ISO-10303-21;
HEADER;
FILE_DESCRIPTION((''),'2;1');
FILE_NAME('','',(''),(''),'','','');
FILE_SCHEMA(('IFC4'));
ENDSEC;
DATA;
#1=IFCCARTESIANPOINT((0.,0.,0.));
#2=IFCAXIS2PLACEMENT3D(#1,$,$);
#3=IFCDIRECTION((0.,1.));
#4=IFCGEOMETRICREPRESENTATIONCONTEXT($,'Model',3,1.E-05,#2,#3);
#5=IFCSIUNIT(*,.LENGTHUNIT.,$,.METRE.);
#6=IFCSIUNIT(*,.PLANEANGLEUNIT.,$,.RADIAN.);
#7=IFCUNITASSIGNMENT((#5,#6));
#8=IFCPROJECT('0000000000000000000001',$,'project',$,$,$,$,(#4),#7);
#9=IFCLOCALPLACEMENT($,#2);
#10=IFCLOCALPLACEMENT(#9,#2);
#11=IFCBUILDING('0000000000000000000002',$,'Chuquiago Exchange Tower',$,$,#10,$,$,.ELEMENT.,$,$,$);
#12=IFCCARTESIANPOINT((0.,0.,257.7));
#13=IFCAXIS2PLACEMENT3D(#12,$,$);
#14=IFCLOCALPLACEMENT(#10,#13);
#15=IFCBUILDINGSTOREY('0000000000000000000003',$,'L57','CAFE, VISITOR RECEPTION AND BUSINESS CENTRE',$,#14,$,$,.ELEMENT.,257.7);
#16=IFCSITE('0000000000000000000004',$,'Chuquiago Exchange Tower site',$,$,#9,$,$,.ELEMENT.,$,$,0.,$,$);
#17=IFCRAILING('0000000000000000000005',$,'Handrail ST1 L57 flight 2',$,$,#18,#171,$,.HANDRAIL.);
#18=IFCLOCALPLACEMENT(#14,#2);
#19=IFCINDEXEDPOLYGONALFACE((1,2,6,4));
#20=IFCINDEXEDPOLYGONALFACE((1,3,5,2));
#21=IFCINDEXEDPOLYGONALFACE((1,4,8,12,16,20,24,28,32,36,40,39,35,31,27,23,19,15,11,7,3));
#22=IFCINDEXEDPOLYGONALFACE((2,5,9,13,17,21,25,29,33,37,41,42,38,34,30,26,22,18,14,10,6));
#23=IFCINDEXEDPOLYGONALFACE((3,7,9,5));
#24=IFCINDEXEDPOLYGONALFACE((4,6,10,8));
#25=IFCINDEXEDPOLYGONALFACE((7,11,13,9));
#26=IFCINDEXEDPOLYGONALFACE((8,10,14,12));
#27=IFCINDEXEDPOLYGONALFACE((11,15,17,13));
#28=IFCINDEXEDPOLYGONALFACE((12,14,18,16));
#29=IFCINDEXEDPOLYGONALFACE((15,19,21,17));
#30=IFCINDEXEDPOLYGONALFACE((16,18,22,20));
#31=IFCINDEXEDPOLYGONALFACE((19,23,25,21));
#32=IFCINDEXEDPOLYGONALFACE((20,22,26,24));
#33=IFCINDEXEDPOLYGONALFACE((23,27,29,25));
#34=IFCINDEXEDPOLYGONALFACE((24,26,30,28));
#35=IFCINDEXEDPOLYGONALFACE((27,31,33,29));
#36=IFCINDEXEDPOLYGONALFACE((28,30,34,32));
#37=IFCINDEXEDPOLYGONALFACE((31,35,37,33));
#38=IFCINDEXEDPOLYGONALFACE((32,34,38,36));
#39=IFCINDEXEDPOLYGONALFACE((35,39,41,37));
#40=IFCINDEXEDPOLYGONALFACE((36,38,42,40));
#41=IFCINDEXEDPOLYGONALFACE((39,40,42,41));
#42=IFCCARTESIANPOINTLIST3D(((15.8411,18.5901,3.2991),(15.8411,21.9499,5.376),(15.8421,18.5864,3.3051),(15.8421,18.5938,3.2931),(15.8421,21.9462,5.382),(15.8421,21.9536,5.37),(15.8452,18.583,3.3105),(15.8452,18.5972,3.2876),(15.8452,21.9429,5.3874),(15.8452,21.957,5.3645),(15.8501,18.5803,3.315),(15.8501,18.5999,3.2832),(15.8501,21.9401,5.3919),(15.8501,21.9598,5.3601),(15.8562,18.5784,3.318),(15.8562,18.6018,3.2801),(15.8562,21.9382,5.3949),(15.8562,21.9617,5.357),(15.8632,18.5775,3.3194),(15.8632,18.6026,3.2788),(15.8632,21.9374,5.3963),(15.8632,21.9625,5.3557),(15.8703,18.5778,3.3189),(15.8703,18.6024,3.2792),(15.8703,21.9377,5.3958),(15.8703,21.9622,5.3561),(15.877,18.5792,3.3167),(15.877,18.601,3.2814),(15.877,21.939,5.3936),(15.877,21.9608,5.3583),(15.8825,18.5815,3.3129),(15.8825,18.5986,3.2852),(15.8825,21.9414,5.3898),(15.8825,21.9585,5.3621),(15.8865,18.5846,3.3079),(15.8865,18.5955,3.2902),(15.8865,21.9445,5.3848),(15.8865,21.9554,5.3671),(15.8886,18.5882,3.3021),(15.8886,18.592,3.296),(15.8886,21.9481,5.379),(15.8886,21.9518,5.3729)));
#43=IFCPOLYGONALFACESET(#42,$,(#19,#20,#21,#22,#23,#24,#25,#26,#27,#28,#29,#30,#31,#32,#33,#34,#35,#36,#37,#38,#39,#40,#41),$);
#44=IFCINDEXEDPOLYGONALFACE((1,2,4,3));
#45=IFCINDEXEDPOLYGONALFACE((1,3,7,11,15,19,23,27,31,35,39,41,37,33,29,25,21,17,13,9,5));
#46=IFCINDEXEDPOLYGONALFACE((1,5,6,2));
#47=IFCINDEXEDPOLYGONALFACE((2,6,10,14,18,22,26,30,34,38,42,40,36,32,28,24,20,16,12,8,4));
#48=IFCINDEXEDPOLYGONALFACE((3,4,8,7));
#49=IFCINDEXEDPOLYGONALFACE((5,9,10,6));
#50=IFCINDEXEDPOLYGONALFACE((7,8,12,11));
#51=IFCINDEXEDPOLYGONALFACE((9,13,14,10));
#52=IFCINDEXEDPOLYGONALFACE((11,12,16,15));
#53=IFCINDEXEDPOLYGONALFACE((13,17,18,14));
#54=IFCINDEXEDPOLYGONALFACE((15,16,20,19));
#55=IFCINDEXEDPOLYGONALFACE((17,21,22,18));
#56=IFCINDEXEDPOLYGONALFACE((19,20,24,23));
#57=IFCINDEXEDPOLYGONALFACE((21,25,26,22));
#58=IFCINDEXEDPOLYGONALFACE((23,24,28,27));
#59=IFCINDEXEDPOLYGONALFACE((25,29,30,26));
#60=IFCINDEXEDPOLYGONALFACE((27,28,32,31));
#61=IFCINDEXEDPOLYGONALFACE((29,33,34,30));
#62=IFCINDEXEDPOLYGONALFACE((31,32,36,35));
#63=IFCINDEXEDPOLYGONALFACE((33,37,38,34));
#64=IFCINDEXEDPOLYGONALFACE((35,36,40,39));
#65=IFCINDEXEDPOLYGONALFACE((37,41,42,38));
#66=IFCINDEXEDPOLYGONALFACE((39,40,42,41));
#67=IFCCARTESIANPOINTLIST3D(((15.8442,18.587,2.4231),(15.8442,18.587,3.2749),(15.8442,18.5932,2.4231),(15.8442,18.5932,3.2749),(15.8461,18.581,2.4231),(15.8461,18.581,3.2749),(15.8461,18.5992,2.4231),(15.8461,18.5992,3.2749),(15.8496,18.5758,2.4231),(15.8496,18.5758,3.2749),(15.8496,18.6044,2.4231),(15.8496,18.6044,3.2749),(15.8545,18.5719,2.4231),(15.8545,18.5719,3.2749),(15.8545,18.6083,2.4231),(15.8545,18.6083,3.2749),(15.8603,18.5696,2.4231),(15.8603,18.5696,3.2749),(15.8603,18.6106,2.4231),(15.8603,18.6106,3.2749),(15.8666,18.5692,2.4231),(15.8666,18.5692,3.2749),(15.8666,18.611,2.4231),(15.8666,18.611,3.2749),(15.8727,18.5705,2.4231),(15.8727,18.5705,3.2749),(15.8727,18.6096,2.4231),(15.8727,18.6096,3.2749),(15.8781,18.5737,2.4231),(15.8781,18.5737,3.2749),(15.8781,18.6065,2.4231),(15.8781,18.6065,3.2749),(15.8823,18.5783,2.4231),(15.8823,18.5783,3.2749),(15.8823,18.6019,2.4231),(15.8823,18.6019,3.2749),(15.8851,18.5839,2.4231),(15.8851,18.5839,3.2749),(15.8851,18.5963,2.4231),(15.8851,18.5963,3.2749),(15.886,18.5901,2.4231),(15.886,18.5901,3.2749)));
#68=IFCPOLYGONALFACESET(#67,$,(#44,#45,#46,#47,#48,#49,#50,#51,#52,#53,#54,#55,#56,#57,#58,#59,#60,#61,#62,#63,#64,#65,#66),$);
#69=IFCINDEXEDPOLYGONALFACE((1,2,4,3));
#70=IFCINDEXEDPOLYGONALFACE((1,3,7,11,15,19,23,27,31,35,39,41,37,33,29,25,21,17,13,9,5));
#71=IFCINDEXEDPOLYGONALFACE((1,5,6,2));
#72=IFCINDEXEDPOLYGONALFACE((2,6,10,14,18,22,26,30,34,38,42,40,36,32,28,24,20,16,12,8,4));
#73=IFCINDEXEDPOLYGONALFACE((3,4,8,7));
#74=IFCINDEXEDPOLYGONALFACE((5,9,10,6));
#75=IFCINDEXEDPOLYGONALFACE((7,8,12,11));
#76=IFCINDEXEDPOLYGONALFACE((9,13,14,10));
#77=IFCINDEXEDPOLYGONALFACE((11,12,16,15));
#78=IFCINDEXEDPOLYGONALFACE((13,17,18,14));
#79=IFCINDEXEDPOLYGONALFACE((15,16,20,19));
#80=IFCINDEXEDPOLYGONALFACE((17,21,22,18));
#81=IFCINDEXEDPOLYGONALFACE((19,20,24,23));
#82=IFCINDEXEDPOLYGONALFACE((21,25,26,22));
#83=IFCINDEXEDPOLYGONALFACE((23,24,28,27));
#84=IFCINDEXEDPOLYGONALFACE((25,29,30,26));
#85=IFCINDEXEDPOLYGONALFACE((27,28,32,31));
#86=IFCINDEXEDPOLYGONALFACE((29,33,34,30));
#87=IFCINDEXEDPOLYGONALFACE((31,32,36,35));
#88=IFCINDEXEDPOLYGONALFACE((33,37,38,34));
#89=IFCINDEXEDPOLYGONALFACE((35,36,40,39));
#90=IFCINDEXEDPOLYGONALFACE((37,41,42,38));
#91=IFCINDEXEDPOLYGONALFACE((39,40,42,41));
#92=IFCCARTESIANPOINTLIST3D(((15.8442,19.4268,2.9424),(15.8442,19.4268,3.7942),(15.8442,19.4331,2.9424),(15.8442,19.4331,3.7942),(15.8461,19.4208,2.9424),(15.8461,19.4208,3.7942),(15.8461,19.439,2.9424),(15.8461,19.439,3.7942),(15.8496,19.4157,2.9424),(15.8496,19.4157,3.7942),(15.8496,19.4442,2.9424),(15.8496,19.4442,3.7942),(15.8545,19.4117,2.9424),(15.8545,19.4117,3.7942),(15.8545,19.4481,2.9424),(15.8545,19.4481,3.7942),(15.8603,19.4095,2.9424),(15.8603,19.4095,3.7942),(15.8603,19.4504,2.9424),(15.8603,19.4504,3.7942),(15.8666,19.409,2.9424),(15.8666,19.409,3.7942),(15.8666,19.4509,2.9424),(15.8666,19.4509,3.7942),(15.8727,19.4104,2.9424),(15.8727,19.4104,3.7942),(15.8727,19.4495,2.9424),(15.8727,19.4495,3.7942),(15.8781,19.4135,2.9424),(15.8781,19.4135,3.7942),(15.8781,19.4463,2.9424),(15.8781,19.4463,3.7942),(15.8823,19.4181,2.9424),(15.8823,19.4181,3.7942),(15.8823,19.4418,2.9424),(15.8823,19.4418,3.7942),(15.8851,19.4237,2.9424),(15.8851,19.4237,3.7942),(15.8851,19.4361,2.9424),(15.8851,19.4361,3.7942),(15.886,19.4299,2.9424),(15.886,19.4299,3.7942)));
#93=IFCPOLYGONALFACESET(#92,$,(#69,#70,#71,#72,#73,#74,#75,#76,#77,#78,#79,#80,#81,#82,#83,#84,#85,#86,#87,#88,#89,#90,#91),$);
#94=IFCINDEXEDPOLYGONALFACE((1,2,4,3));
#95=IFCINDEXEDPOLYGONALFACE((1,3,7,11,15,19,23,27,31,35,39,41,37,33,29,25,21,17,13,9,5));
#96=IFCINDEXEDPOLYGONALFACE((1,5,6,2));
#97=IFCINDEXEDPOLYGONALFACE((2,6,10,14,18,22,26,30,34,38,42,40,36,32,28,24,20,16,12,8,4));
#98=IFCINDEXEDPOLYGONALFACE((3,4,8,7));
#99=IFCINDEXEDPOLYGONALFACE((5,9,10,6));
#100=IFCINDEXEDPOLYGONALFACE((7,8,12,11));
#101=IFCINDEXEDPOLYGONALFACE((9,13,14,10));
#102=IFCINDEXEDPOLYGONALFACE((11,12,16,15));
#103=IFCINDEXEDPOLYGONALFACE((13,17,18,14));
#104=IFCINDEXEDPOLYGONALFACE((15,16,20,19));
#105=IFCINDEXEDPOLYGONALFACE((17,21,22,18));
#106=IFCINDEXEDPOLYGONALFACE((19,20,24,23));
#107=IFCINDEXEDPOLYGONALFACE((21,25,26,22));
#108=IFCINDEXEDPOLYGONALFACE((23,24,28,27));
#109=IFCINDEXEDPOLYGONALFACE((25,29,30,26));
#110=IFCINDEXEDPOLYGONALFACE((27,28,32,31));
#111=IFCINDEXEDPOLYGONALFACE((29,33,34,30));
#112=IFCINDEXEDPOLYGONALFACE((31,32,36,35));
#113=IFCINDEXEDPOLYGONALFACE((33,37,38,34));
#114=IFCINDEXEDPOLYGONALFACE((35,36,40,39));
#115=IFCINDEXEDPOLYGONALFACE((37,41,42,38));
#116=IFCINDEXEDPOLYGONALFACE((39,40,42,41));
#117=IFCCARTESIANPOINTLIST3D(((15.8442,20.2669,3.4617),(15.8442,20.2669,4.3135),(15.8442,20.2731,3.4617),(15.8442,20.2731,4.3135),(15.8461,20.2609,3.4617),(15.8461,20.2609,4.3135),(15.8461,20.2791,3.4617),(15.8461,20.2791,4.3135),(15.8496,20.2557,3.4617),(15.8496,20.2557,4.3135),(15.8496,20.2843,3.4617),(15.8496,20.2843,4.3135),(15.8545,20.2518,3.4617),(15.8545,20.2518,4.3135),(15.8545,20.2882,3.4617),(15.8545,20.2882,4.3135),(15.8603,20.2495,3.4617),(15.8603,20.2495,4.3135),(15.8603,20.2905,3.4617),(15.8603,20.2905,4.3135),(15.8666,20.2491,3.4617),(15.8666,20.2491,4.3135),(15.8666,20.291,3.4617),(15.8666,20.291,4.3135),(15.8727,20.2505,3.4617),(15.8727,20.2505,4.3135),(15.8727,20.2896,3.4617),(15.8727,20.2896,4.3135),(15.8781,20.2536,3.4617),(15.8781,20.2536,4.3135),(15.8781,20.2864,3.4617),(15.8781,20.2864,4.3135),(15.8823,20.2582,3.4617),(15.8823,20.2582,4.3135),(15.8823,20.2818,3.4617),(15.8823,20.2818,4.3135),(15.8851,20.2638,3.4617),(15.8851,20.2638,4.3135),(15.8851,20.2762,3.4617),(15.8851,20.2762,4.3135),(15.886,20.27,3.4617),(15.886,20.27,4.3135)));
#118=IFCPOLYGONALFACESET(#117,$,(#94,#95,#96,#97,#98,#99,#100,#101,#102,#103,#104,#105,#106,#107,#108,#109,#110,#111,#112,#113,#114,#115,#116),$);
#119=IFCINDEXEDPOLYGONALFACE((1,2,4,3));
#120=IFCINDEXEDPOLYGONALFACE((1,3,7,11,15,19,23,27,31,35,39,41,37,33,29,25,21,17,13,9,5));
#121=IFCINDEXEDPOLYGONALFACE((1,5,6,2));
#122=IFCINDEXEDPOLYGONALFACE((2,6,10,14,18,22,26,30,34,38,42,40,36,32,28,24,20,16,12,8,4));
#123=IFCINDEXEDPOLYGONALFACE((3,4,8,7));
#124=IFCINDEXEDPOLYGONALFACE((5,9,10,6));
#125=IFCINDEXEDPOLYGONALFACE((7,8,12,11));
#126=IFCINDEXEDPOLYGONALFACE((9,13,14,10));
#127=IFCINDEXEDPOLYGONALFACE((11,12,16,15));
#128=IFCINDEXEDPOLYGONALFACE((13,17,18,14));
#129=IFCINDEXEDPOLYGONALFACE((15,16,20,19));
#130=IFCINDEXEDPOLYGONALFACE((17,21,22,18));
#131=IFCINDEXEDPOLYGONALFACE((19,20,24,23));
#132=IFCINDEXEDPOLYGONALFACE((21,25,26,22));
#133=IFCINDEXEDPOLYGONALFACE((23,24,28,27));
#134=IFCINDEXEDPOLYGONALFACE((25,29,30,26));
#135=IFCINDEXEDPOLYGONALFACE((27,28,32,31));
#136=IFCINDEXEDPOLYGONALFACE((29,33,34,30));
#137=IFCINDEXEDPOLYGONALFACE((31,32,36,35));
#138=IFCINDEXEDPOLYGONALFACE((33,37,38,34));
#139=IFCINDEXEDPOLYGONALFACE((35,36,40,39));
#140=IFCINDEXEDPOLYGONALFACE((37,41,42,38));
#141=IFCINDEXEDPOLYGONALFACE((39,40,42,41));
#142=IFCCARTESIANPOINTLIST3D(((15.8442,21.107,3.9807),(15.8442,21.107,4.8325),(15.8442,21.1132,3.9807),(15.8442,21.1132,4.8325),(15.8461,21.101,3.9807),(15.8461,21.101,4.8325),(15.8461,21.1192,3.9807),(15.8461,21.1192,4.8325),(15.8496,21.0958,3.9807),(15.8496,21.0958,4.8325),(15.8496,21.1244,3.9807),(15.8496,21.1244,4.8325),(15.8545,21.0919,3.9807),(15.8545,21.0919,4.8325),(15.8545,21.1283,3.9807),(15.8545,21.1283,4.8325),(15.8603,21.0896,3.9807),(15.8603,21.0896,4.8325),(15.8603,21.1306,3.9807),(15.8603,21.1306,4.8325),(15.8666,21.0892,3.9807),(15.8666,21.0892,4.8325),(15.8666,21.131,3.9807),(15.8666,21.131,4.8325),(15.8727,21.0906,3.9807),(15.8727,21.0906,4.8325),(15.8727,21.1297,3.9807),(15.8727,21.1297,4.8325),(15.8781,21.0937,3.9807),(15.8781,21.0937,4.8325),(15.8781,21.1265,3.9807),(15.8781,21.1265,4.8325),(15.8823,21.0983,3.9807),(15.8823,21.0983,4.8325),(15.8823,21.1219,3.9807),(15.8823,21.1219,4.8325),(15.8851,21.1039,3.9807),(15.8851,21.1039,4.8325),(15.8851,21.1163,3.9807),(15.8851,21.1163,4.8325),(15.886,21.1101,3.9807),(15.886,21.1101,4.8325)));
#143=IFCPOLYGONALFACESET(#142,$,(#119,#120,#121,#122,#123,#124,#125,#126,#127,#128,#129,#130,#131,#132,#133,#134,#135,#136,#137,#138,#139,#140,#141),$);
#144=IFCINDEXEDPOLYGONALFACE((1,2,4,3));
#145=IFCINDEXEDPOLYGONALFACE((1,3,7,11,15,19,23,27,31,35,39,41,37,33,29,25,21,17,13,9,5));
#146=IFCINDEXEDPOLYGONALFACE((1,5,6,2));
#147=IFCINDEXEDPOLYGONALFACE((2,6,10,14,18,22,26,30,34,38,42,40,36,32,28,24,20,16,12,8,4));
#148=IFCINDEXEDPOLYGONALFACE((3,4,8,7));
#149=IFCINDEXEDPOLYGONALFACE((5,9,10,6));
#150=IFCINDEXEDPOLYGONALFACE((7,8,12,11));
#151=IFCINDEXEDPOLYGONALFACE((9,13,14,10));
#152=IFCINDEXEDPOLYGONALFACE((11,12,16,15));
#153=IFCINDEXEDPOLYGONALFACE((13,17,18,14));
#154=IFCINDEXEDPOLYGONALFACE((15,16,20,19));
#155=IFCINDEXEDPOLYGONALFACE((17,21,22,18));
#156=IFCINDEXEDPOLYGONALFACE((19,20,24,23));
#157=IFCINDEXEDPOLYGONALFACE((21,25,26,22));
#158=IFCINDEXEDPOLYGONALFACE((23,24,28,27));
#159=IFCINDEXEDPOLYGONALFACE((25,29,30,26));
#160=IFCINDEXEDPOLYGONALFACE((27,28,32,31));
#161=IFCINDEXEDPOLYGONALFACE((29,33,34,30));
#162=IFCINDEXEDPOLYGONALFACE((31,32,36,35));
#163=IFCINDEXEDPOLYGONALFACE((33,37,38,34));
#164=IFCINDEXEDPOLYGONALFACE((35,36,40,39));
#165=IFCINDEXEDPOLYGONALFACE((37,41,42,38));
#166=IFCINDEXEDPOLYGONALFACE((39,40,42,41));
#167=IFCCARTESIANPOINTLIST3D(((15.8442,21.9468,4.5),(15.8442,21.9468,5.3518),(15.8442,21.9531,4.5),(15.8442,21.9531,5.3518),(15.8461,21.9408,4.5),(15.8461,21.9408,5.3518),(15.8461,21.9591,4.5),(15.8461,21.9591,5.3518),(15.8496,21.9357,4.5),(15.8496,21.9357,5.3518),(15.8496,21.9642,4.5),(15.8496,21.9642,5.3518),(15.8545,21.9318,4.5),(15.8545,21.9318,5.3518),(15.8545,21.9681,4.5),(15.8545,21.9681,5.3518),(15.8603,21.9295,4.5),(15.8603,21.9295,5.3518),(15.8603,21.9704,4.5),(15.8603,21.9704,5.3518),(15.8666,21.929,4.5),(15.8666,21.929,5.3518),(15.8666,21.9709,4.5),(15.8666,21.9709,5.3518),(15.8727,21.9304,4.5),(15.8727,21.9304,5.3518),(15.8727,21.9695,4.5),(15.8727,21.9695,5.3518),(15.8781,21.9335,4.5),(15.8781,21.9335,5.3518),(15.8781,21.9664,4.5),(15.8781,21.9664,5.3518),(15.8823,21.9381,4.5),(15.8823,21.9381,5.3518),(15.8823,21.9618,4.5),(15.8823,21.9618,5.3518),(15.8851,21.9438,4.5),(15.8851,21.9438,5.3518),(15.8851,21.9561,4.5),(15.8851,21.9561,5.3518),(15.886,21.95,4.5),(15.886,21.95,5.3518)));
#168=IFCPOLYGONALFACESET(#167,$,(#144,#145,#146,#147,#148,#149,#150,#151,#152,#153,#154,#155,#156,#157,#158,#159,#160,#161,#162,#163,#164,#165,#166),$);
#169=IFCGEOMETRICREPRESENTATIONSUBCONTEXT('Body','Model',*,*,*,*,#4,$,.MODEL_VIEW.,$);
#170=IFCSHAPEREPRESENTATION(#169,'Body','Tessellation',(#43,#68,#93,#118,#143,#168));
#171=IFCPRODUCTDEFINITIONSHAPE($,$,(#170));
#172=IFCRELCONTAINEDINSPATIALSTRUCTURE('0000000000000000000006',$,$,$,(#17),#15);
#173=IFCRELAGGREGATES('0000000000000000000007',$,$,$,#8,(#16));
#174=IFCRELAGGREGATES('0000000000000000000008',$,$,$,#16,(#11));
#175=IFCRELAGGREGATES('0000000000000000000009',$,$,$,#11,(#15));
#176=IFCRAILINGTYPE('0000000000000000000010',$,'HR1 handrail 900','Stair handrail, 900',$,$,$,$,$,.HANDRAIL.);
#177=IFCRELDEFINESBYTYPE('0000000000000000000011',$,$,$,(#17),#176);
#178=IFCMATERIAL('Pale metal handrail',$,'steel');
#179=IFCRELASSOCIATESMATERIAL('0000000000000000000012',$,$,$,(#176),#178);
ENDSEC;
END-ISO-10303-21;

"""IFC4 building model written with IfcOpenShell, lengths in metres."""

from ifc_helpers import new_model, si_unit, direction, frame, origin, origin_2d, place, context, subcontext, project, spatial, circle, extrude, material, type_object, element, save


model = new_model("IFC4")

# Units and contexts
model_context = context("Model", 3, precision=1e-05, world=origin(), true_north=direction((0.0, 1.0)))
body_context = subcontext(model_context, "Body", "Model", "MODEL_VIEW")
ifc_project = project(units=[si_unit("LENGTHUNIT", "METRE"), si_unit("PLANEANGLEUNIT", "RADIAN")], contexts=[model_context])

# Site, building, storey
site_placement = place(None, origin())
site = spatial("IfcSite", under=ifc_project, at=site_placement, Name="Chuquiago Exchange Tower site", CompositionType="ELEMENT", RefElevation=0.0)
building_placement = place(site_placement, origin())
building = spatial("IfcBuilding", under=site, at=building_placement, Name="Chuquiago Exchange Tower", CompositionType="ELEMENT")
storey_placement = place(building_placement, frame((0.0, 0.0, 257.7)))
storey = spatial("IfcBuildingStorey", under=building, at=storey_placement, Name="L57", Description="CAFE, VISITOR RECEPTION AND BUSINESS CENTRE", CompositionType="ELEMENT", Elevation=257.7)

# Railing
ifc_material_1 = material(Name="Pale metal handrail", Category="steel")
railing_type_1 = type_object("IfcRailingType", Name="HR1 handrail 900", Description="Stair handrail, 900", PredefinedType="HANDRAIL", material=ifc_material_1)
for number, where, name in (
    (1, (15.865, 18.5901, 2.4231), "Handrail ST1 L57 flight 2"),
):
    element("IfcRailing", number, at=place(storey_placement, frame(where)), inside=storey, type_object=railing_type_1, Name=name, PredefinedType="HANDRAIL", context=body_context, shape_type="SweptSolid", body=[
        extrude(circle(Radius=0.0239, at=origin_2d()), frame((0.0, 0.0, 0.876), z_axis=(0.0, 0.850606, 0.525803), x_axis=(-1.0, 0.0, 0.0)), (0.0, 0.0, 1.0), 3.95),
        extrude(circle(Radius=0.021, at=origin_2d()), origin(), (0.0, 0.0, 1.0), 0.8518),
        extrude(circle(Radius=0.021, at=origin_2d()), frame((0.0, 0.8398, 0.5193)), (0.0, 0.0, 1.0), 0.8518),
        extrude(circle(Radius=0.021, at=origin_2d()), frame((0.0, 1.6799, 1.0386)), (0.0, 0.0, 1.0), 0.8518),
        extrude(circle(Radius=0.021, at=origin_2d()), frame((0.0, 2.52, 1.5576)), (0.0, 0.0, 1.0), 0.8518),
        extrude(circle(Radius=0.021, at=origin_2d()), frame((0.0, 3.3599, 2.0769)), (0.0, 0.0, 1.0), 0.8518),
    ])

save(model, "model.ifc")
